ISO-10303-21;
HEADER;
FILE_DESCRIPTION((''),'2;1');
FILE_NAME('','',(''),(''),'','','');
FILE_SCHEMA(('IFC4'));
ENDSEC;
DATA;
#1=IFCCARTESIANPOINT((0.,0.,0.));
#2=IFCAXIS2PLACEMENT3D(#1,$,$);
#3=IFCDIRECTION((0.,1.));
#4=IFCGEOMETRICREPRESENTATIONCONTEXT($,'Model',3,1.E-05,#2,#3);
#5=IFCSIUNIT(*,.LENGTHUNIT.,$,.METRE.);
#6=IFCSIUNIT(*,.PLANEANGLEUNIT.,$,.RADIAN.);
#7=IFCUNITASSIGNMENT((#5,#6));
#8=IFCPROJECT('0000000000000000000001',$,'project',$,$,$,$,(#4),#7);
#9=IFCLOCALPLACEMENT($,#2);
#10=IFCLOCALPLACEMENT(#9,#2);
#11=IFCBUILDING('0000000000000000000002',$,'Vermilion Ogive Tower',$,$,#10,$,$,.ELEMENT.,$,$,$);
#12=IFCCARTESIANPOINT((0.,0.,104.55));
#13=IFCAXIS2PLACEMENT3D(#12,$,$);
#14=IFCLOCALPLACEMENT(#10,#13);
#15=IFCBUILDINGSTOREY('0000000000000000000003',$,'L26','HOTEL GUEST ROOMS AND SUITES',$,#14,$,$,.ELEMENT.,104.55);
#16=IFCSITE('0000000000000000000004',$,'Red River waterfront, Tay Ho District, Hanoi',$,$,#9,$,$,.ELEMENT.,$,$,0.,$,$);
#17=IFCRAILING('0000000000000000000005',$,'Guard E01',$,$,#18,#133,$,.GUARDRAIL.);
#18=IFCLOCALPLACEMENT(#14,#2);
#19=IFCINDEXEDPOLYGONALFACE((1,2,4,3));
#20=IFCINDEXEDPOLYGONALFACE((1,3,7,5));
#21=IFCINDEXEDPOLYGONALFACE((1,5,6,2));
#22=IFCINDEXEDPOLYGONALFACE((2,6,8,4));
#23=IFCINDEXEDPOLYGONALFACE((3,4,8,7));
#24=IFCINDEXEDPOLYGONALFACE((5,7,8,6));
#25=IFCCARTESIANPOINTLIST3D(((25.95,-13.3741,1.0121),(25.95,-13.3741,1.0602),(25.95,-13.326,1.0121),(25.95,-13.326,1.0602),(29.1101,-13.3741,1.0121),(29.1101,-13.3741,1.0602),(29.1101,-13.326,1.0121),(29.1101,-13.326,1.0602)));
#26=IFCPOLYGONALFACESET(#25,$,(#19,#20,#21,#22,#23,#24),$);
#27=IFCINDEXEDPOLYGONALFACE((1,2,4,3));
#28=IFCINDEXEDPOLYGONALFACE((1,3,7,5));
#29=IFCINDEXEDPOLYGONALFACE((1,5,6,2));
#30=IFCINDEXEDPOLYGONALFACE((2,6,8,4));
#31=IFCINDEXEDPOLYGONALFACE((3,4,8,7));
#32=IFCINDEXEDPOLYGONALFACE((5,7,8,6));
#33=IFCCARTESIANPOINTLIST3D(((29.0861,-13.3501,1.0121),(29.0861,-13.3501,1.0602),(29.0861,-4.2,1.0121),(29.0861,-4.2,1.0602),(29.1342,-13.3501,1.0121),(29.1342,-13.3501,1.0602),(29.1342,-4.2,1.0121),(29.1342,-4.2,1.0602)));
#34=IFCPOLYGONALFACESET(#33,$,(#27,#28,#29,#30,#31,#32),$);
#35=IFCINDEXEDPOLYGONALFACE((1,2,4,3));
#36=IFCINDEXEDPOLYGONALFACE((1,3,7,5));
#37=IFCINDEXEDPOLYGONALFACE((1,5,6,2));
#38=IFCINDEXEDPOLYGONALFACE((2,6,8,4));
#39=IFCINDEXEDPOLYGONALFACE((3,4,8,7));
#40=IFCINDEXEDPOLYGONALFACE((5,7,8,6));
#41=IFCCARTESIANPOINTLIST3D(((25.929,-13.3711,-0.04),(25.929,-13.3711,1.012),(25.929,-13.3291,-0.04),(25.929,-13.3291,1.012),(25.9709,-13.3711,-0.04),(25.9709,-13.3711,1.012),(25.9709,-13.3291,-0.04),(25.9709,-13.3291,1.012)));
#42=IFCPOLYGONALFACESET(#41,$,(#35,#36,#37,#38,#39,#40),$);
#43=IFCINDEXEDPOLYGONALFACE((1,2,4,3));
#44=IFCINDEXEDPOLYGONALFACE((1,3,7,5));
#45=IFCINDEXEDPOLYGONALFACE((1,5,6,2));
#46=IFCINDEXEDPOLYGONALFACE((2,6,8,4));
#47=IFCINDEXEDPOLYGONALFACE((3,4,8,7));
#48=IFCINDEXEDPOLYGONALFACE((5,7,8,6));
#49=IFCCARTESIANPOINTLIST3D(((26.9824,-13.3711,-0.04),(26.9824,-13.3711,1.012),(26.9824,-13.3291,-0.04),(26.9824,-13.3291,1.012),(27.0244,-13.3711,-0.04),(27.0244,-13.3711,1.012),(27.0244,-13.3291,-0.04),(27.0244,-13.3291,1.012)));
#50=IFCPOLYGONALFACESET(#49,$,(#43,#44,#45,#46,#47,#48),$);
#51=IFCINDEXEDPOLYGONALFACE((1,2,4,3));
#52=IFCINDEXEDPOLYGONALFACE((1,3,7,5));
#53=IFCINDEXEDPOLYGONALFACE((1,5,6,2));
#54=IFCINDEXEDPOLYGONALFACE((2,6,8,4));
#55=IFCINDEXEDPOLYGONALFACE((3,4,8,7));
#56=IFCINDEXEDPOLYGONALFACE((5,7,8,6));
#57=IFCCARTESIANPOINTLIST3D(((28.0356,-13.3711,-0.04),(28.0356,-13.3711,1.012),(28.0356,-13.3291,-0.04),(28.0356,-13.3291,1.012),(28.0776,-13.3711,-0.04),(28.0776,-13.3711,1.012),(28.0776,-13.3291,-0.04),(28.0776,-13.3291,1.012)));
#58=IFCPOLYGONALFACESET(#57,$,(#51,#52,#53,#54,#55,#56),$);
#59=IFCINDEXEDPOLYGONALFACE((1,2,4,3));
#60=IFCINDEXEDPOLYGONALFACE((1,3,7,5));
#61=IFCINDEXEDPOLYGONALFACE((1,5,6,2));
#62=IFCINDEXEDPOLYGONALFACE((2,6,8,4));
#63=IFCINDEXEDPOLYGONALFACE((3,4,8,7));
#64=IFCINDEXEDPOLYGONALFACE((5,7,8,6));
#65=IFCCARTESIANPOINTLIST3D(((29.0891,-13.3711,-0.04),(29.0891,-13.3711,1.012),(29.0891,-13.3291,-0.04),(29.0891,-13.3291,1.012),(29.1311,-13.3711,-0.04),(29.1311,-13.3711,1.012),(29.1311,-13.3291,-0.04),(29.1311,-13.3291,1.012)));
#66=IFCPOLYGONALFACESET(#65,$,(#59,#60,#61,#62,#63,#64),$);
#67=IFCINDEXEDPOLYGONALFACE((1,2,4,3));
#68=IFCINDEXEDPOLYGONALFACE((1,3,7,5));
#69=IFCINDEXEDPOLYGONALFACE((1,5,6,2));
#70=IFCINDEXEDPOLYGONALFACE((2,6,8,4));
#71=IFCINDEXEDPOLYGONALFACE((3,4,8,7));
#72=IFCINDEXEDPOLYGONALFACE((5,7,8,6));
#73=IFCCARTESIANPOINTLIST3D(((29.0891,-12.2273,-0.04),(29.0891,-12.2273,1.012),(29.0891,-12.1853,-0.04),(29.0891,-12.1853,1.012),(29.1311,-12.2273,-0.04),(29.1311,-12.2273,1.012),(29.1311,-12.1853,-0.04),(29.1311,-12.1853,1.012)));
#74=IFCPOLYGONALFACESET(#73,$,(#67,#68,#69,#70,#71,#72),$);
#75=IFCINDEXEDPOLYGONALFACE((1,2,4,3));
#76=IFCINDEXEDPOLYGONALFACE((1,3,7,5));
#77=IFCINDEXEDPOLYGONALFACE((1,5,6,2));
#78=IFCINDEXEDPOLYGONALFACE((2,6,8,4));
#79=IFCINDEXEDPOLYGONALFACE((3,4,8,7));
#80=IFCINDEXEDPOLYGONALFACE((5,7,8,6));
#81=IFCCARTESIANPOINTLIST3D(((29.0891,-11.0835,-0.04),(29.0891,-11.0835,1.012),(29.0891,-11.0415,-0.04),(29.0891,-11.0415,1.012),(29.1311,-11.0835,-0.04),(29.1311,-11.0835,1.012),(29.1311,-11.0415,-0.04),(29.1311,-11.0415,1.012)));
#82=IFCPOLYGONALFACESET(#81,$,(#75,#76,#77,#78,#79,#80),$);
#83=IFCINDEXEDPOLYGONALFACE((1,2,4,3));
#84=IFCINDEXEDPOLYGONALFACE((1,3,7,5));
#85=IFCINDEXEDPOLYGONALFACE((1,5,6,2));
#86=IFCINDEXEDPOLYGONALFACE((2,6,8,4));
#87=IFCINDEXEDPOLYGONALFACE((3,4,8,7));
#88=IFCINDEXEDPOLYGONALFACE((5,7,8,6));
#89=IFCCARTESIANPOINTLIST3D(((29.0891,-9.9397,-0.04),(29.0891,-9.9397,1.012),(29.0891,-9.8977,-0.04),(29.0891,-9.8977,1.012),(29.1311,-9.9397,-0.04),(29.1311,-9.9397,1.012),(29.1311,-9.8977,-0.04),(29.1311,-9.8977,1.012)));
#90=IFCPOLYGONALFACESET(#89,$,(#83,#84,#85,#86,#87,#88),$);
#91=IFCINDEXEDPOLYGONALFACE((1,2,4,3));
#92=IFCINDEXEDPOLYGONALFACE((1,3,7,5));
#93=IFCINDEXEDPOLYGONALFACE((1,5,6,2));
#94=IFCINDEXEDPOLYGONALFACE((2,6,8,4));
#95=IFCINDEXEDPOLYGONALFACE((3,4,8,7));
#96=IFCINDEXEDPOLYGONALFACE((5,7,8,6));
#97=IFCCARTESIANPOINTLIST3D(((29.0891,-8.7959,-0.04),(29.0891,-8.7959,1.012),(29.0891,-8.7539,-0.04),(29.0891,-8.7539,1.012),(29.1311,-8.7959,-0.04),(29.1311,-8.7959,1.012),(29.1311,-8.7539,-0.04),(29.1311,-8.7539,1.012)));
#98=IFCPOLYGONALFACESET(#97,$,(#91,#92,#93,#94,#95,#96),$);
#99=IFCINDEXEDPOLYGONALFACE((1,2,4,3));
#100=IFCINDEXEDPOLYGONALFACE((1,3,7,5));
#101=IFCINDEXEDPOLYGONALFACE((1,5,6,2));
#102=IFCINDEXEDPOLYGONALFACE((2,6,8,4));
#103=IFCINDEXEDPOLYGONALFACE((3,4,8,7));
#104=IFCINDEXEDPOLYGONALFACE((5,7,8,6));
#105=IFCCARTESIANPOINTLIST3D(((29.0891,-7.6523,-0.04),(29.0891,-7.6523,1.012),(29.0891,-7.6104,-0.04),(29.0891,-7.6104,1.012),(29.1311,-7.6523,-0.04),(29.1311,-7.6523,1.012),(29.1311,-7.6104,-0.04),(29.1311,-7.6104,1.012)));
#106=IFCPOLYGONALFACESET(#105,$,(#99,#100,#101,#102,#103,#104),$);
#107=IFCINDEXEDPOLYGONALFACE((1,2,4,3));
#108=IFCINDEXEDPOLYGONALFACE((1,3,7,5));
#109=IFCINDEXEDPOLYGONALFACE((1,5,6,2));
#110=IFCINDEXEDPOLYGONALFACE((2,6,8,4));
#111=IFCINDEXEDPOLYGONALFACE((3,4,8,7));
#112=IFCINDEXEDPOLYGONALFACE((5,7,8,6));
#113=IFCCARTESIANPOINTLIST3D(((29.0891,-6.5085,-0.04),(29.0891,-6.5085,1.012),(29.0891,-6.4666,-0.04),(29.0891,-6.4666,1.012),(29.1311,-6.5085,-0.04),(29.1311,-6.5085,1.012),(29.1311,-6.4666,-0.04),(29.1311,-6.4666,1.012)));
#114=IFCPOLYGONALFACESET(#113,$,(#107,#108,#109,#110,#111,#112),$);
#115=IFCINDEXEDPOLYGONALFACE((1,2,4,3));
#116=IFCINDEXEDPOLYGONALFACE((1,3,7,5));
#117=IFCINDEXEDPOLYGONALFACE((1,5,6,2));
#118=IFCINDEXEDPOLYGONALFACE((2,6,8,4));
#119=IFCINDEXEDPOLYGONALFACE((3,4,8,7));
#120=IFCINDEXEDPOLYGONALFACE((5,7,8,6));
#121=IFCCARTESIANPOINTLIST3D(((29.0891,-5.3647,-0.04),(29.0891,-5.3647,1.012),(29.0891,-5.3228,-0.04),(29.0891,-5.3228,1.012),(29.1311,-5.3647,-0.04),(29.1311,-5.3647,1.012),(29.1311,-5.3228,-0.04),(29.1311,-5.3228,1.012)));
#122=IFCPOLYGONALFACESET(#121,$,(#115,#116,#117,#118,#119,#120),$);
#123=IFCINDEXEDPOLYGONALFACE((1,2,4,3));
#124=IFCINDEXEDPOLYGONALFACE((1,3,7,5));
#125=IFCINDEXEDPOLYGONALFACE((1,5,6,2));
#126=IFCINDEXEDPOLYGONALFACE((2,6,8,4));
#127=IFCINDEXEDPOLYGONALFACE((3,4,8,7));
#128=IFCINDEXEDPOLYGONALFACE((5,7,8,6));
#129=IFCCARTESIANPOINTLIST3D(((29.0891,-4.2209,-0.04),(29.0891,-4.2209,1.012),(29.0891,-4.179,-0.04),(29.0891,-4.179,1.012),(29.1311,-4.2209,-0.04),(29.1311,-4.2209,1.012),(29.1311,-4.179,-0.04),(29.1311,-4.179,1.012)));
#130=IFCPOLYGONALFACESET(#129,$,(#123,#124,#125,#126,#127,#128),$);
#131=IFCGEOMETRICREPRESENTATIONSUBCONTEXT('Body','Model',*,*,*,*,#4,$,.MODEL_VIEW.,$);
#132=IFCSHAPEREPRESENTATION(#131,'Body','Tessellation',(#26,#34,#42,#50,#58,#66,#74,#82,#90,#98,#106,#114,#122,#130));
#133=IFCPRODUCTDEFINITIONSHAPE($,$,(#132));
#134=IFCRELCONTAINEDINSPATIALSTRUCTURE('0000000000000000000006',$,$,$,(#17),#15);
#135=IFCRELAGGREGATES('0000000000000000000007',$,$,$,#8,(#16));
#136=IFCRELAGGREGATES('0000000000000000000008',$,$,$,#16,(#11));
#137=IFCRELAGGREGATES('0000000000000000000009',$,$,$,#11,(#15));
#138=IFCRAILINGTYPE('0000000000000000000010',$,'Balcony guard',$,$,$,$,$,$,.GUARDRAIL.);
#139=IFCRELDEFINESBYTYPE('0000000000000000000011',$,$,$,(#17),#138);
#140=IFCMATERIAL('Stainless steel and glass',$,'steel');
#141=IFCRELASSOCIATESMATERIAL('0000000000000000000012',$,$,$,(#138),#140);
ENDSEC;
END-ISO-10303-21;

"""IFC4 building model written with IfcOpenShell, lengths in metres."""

from ifc_helpers import new_model, si_unit, direction, frame, origin, origin_2d, place, context, subcontext, project, spatial, rectangle, extrude, material, type_object, element, save


model = new_model("IFC4")

# Units and contexts
model_context = context("Model", 3, precision=1e-05, world=origin(), true_north=direction((0.0, 1.0)))
body_context = subcontext(model_context, "Body", "Model", "MODEL_VIEW")
ifc_project = project(units=[si_unit("LENGTHUNIT", "METRE"), si_unit("PLANEANGLEUNIT", "RADIAN")], contexts=[model_context])

# Site, building, storey
site_placement = place(None, origin())
site = spatial("IfcSite", under=ifc_project, at=site_placement, Name="Red River waterfront, Tay Ho District, Hanoi", CompositionType="ELEMENT", RefElevation=0.0)
building_placement = place(site_placement, origin())
building = spatial("IfcBuilding", under=site, at=building_placement, Name="Vermilion Ogive Tower", CompositionType="ELEMENT")
storey_placement = place(building_placement, frame((0.0, 0.0, 104.55)))
storey = spatial("IfcBuildingStorey", under=building, at=storey_placement, Name="L26", Description="HOTEL GUEST ROOMS AND SUITES", CompositionType="ELEMENT", Elevation=104.55)

# Railing
ifc_material_1 = material(Name="Stainless steel and glass", Category="steel")
railing_type = type_object("IfcRailingType", Name="Balcony guard", PredefinedType="GUARDRAIL", material=ifc_material_1)
railing_placement = place(storey_placement, frame((25.95, -13.3501, -0.04)))
element("IfcRailing", 1, at=railing_placement, inside=storey, type_object=railing_type, Name="Guard E01", PredefinedType="GUARDRAIL", context=body_context, shape_type="SweptSolid", body=[
    extrude(rectangle(XDim=0.0481, YDim=0.0481, at=origin_2d()), frame((0.0, 0.0, 1.0762), z_axis=(1.0, 0.0, 0.0), x_axis=(0.0, 1.0, 0.0)), (0.0, 0.0, 1.0), 3.1602),
    extrude(rectangle(XDim=0.0481, YDim=0.0481, at=origin_2d()), frame((3.1602, 0.0, 1.0762), z_axis=(0.0, 1.0, 0.0), x_axis=(-1.0, 0.0, 0.0)), (0.0, 0.0, 1.0), 9.1501),
    extrude(rectangle(XDim=0.042, YDim=0.042, at=origin_2d()), origin(), (0.0, 0.0, 1.0), 1.052),
    extrude(rectangle(XDim=0.042, YDim=0.042, at=origin_2d()), frame((1.0535, 0.0, 0.0)), (0.0, 0.0, 1.0), 1.052),
    extrude(rectangle(XDim=0.042, YDim=0.042, at=origin_2d()), frame((2.1067, 0.0, 0.0)), (0.0, 0.0, 1.0), 1.052),
    extrude(rectangle(XDim=0.042, YDim=0.042, at=origin_2d()), frame((3.1602, 0.0, 0.0)), (0.0, 0.0, 1.0), 1.052),
    extrude(rectangle(XDim=0.042, YDim=0.042, at=origin_2d()), frame((3.1602, 1.1438, 0.0)), (0.0, 0.0, 1.0), 1.052),
    extrude(rectangle(XDim=0.042, YDim=0.042, at=origin_2d()), frame((3.1602, 2.2876, 0.0)), (0.0, 0.0, 1.0), 1.052),
    extrude(rectangle(XDim=0.042, YDim=0.042, at=origin_2d()), frame((3.1602, 3.4314, 0.0)), (0.0, 0.0, 1.0), 1.052),
    extrude(rectangle(XDim=0.042, YDim=0.042, at=origin_2d()), frame((3.1602, 4.5752, 0.0)), (0.0, 0.0, 1.0), 1.052),
    extrude(rectangle(XDim=0.042, YDim=0.042, at=origin_2d()), frame((3.1602, 5.7188, 0.0)), (0.0, 0.0, 1.0), 1.052),
    extrude(rectangle(XDim=0.042, YDim=0.042, at=origin_2d()), frame((3.1602, 6.8625, 0.0)), (0.0, 0.0, 1.0), 1.052),
    extrude(rectangle(XDim=0.042, YDim=0.042, at=origin_2d()), frame((3.1602, 8.0063, 0.0)), (0.0, 0.0, 1.0), 1.052),
    extrude(rectangle(XDim=0.042, YDim=0.042, at=origin_2d()), frame((3.1602, 9.1501, 0.0)), (0.0, 0.0, 1.0), 1.052),
])

save(model, "model.ifc")
